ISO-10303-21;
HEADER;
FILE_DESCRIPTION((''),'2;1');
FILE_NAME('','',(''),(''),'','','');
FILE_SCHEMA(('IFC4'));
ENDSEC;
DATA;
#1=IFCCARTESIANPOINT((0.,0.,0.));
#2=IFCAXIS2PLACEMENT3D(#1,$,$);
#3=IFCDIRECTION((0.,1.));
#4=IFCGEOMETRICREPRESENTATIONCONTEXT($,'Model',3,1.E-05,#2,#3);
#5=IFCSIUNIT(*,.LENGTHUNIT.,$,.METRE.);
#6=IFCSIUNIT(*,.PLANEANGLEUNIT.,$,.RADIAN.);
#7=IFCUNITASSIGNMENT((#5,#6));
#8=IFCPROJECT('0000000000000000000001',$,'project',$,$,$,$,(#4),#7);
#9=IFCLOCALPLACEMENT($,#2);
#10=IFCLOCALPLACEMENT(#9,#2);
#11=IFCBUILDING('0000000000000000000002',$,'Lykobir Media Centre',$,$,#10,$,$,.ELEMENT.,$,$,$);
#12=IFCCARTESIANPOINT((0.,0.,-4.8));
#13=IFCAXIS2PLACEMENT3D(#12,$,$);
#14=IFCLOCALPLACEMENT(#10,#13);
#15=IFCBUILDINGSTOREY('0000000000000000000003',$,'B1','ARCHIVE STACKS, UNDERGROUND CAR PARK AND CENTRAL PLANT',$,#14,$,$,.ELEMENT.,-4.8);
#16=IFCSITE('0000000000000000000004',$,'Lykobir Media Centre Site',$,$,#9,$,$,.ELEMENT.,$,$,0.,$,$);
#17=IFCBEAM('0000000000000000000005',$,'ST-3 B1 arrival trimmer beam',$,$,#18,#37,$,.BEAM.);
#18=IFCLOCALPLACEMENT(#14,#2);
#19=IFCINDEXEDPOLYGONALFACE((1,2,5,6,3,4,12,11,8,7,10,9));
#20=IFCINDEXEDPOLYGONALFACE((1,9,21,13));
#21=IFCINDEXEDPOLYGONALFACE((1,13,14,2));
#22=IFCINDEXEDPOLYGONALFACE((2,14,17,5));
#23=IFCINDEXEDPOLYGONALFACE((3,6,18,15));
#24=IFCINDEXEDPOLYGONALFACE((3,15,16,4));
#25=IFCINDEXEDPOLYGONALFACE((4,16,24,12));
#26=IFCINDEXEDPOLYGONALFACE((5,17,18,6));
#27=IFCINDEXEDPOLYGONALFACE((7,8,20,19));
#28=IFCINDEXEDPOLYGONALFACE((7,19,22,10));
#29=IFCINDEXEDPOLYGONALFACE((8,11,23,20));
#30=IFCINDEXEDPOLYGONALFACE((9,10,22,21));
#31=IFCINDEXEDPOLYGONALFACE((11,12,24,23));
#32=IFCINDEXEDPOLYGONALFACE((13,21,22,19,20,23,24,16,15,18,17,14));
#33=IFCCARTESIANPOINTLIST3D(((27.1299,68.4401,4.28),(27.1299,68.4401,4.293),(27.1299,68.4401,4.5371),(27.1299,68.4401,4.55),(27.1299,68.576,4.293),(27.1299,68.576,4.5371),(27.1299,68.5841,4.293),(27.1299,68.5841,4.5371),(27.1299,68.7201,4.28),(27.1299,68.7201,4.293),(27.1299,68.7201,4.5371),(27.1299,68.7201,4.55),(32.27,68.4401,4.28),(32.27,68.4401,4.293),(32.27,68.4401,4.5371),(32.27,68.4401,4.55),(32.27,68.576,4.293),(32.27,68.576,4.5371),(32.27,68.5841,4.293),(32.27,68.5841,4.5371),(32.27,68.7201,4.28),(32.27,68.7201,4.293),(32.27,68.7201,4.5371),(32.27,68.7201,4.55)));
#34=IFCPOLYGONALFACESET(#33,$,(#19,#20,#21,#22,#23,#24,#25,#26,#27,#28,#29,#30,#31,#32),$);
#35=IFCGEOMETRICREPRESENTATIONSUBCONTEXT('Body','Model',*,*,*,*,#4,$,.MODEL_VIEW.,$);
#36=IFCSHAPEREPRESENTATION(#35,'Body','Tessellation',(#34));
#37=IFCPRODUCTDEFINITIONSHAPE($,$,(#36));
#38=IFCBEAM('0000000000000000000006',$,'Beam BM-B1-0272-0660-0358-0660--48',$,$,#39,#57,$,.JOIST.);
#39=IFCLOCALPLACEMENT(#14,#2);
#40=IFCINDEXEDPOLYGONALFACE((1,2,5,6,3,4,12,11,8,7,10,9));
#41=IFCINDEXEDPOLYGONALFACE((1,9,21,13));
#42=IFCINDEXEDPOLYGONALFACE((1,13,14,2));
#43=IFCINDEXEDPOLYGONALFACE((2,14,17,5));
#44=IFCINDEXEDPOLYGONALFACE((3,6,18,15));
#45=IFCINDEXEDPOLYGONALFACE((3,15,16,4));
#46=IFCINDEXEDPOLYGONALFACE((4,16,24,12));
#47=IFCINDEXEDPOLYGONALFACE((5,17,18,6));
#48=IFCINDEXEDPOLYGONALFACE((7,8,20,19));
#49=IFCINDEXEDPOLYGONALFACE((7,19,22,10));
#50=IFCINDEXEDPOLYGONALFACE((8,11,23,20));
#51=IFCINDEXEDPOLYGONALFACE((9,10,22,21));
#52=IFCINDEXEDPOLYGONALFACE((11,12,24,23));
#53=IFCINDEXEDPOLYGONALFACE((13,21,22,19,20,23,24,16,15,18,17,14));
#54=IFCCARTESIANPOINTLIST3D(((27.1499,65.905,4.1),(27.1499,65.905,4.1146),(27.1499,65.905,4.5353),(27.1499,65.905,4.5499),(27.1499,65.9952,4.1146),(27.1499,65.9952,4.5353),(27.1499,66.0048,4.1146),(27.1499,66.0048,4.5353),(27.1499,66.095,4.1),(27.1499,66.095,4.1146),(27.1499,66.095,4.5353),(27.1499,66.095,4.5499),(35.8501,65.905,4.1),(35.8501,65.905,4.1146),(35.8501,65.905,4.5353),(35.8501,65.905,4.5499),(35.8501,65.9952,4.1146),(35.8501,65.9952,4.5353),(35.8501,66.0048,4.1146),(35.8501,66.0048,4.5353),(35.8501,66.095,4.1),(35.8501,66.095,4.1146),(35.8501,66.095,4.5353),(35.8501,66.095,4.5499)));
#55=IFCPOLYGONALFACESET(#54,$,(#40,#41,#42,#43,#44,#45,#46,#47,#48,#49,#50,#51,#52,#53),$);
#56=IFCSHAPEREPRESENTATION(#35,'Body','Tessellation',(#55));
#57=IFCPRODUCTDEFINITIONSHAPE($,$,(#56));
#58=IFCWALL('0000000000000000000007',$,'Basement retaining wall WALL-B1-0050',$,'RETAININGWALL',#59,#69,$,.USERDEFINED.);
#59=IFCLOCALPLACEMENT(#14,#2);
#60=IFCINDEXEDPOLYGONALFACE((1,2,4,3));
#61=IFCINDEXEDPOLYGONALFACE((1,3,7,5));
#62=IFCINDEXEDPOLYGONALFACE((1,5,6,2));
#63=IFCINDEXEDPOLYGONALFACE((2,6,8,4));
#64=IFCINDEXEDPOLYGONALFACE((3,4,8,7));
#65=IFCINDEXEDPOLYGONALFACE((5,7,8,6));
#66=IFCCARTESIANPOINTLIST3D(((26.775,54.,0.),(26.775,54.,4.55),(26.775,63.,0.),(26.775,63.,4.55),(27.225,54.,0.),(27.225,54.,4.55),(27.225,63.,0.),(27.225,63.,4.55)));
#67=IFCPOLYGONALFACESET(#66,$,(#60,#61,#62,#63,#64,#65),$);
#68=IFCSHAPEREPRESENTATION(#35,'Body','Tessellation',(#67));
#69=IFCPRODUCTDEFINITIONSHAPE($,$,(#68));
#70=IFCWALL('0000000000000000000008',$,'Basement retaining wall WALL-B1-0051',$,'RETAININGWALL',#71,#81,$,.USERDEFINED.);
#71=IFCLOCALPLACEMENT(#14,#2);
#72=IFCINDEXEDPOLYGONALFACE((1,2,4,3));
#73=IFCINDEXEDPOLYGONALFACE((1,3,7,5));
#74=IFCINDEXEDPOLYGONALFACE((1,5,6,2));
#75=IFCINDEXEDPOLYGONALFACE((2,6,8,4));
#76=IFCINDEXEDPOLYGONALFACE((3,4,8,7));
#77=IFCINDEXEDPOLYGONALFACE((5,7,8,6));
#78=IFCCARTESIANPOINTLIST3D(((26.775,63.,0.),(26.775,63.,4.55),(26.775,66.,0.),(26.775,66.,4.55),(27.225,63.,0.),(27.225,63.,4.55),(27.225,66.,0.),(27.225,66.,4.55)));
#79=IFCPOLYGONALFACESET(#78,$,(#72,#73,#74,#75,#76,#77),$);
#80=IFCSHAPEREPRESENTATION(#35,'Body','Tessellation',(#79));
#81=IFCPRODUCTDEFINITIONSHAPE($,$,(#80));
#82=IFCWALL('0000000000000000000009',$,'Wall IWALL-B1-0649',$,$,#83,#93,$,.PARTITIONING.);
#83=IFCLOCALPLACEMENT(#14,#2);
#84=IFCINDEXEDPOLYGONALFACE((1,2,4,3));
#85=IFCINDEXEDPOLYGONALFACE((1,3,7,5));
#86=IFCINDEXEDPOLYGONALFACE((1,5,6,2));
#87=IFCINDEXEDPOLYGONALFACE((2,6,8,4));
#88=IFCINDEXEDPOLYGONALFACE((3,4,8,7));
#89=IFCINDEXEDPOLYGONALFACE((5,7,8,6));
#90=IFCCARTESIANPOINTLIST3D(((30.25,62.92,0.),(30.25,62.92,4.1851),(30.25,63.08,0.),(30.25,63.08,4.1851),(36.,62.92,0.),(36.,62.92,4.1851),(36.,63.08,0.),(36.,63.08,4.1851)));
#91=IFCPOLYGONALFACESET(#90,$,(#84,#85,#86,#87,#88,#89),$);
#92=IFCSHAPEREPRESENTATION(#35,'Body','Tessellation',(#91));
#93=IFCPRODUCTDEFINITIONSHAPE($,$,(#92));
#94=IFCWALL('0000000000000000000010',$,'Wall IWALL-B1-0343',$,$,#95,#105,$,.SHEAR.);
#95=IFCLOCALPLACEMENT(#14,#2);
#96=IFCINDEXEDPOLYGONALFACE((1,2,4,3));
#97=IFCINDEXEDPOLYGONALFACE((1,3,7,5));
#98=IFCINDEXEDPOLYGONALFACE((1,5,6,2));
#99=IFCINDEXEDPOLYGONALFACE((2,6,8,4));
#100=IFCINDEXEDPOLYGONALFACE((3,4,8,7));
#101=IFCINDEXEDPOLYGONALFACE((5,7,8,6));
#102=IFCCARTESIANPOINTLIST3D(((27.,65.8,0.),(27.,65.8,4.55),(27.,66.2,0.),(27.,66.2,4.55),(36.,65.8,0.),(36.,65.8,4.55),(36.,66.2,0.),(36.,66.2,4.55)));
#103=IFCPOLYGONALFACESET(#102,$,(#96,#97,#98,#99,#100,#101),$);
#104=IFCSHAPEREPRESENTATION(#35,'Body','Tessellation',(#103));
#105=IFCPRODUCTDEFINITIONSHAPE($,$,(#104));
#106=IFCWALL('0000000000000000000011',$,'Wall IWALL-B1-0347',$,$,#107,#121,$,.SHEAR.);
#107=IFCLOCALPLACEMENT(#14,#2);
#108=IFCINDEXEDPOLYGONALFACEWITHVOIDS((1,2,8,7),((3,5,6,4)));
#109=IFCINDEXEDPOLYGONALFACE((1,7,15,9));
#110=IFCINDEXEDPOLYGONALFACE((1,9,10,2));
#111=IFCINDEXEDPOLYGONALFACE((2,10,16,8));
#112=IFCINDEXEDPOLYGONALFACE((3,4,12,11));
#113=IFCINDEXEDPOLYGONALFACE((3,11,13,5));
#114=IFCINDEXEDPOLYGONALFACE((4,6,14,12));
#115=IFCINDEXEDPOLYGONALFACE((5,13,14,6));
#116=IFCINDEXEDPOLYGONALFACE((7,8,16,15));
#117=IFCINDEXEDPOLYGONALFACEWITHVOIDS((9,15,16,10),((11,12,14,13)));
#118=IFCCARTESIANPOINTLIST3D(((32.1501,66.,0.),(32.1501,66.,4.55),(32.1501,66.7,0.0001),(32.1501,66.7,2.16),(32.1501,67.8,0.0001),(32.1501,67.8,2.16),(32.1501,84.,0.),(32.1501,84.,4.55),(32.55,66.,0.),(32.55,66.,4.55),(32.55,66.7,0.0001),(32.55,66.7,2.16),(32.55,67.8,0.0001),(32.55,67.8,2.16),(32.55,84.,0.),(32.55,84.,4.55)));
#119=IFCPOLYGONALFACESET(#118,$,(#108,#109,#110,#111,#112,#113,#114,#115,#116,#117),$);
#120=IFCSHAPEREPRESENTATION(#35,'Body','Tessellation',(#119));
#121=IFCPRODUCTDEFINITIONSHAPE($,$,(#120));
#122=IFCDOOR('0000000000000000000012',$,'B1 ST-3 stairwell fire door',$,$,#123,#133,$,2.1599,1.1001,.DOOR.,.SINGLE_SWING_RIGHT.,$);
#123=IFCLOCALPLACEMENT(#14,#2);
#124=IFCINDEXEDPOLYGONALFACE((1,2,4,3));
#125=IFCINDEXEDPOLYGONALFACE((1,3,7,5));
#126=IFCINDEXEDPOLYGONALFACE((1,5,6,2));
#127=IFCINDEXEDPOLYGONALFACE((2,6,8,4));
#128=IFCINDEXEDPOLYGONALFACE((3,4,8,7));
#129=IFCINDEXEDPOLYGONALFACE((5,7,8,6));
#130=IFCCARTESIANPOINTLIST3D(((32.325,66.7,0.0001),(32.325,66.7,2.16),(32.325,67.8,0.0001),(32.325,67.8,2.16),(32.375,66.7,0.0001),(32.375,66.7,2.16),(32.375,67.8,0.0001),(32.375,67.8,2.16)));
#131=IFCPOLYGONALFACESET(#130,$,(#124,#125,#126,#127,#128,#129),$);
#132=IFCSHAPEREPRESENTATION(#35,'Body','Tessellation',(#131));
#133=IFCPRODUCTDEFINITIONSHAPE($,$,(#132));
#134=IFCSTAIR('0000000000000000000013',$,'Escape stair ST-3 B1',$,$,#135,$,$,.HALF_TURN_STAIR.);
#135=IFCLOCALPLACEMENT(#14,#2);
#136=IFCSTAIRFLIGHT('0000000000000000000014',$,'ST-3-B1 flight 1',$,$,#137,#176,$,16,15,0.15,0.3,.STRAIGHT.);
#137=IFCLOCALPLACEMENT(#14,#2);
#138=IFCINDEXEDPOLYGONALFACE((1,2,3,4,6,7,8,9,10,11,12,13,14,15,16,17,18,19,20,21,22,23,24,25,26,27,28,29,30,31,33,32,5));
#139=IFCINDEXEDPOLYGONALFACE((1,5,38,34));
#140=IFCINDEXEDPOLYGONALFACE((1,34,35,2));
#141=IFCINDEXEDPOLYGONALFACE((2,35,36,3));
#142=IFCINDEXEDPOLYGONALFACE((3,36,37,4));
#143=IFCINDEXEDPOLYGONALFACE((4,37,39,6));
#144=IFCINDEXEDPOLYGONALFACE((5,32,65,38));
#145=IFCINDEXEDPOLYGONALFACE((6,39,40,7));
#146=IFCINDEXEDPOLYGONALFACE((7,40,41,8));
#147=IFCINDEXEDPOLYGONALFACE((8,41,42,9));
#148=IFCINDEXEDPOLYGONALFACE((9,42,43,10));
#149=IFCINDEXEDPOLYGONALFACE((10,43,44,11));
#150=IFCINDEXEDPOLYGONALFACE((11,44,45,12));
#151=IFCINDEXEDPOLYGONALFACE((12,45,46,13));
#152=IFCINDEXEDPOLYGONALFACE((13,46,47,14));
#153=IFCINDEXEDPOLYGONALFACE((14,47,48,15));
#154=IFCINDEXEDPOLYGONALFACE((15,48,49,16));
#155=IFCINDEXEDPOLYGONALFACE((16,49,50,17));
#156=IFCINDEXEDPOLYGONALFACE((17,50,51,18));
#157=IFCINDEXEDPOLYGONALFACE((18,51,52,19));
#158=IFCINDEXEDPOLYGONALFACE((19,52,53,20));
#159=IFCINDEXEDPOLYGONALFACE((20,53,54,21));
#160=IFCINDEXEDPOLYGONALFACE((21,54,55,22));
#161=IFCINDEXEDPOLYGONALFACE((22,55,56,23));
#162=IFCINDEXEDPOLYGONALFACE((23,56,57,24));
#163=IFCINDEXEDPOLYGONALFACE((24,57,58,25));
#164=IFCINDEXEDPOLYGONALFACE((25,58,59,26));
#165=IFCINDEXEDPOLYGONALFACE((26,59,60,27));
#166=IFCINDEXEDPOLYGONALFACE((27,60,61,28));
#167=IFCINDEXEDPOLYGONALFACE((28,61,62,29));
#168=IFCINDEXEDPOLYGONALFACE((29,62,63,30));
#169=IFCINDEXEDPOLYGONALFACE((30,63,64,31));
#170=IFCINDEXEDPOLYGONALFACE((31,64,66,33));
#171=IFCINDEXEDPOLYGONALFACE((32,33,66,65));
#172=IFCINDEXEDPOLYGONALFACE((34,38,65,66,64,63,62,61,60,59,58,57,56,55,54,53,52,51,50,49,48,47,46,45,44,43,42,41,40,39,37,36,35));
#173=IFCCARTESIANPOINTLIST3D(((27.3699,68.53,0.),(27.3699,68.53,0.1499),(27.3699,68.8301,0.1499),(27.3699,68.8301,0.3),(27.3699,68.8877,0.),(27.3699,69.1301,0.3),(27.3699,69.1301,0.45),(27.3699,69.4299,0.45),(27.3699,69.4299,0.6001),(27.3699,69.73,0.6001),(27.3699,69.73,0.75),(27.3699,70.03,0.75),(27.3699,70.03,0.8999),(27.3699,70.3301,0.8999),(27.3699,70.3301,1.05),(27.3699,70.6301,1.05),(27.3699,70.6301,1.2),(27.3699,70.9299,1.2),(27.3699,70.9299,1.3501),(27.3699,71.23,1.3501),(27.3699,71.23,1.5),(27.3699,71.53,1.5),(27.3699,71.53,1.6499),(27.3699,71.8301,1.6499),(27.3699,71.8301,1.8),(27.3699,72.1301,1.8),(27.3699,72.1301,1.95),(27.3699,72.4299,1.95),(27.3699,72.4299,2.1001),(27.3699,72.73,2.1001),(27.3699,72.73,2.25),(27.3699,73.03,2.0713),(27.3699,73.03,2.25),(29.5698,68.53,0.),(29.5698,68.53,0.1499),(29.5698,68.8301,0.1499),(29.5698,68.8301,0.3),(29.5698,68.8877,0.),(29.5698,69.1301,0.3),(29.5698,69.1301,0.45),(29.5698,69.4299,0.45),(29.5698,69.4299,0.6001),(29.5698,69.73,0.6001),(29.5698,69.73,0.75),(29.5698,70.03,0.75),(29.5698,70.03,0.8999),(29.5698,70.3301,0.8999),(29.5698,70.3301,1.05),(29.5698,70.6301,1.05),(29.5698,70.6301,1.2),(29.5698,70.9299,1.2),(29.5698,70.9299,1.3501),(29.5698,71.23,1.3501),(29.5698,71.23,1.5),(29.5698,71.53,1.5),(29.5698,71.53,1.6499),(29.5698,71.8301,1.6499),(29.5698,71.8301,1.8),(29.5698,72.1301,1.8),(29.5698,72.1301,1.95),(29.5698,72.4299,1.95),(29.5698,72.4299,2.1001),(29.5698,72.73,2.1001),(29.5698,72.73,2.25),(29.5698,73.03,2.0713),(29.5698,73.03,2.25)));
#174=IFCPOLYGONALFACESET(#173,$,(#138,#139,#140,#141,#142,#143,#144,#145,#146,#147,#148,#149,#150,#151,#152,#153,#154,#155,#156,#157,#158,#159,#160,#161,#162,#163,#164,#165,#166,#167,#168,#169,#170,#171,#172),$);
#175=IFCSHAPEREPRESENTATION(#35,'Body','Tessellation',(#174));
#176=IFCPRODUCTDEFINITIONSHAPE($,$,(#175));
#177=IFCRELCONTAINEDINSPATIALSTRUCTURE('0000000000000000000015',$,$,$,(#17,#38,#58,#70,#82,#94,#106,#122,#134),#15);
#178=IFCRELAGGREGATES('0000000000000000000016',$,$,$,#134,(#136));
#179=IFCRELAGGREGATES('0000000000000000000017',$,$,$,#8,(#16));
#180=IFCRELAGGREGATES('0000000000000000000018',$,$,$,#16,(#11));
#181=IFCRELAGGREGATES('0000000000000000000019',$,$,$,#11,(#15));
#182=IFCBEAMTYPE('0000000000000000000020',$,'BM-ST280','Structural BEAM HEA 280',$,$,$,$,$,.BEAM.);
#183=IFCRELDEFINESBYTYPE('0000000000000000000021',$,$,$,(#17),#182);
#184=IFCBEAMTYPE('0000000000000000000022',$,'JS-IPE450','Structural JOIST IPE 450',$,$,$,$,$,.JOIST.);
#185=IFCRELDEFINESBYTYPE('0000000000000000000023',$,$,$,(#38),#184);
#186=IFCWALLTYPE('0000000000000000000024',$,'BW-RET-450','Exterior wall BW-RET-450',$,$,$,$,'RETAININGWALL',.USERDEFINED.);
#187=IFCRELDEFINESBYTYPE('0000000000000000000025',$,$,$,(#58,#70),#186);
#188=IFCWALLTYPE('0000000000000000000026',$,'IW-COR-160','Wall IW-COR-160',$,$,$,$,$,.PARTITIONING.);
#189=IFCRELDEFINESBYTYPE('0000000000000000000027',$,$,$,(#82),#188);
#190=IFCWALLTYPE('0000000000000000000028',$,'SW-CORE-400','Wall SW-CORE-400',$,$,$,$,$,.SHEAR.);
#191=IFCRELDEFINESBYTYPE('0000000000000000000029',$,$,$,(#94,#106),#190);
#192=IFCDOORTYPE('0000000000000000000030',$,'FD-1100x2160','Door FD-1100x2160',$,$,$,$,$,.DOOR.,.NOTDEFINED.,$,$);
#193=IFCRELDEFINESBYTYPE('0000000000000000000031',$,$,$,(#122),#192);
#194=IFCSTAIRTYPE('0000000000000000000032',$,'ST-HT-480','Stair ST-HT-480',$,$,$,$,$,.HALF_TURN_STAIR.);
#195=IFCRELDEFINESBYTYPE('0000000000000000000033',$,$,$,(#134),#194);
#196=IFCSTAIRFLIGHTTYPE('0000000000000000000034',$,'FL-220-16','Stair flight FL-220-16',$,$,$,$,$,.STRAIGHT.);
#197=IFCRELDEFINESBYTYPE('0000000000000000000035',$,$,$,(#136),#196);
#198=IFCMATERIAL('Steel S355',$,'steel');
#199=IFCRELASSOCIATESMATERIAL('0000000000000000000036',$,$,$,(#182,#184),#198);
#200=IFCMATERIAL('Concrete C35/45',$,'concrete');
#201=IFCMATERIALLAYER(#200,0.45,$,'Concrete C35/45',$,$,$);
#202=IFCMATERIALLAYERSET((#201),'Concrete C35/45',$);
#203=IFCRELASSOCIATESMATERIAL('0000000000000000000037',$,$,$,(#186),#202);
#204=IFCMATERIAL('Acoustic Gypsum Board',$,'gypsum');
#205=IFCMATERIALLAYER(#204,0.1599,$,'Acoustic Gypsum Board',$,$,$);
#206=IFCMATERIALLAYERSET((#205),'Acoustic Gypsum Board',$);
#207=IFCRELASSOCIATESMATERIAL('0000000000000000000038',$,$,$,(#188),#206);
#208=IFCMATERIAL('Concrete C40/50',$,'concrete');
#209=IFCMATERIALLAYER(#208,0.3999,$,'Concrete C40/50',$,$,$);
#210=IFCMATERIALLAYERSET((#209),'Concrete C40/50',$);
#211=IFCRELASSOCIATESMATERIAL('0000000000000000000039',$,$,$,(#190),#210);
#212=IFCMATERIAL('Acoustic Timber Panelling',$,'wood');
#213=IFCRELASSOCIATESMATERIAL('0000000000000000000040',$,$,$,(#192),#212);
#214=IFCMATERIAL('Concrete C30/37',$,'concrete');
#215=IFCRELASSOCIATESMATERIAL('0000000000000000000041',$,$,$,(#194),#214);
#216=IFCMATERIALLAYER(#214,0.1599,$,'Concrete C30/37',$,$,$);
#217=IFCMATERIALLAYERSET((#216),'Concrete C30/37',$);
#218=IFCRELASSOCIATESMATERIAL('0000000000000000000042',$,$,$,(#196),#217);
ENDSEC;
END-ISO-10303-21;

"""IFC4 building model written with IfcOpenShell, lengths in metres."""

from ifc_helpers import new_model, si_unit, direction, frame, frame_2d, origin, origin_2d, place, context, subcontext, project, spatial, polyline, rectangle, i_section, outline, extrude, material, layer, layer_set, material_profile, profile_set, type_object, element, fill, aggregate, save


model = new_model("IFC4")

# Units and contexts
model_context = context("Model", 3, precision=1e-05, world=origin(), true_north=direction((0.0, 1.0)))
body_context = subcontext(model_context, "Body", "Model", "MODEL_VIEW")
ifc_project = project(units=[si_unit("LENGTHUNIT", "METRE"), si_unit("PLANEANGLEUNIT", "RADIAN")], contexts=[model_context])

# Site, building, storey
site_placement = place(None, origin())
site = spatial("IfcSite", under=ifc_project, at=site_placement, Name="Lykobir Media Centre Site", CompositionType="ELEMENT", RefElevation=0.0)
building_placement = place(site_placement, origin())
building = spatial("IfcBuilding", under=site, at=building_placement, Name="Lykobir Media Centre", CompositionType="ELEMENT")
storey_placement = place(building_placement, frame((0.0, 0.0, -4.8)))
storey = spatial("IfcBuildingStorey", under=building, at=storey_placement, Name="B1", Description="ARCHIVE STACKS, UNDERGROUND CAR PARK AND CENTRAL PLANT", CompositionType="ELEMENT", Elevation=-4.8)

# Shared definitions
ifc_material_1 = material(Name="Concrete C30/37", Category="concrete")

# Shared definitions
ifc_material_2 = material(Name="Concrete C35/45", Category="concrete")

# Shared definitions
ifc_material_3 = material(Name="Concrete C40/50", Category="concrete")

# Beams
ifc_material_4 = material(Name="Steel S355", Category="steel")
ifc_material_profile_1 = material_profile(ifc_material_4, i_section(OverallWidth=0.28, OverallDepth=0.27, WebThickness=0.0081, FlangeThickness=0.0129, at=origin_2d()), Name="HEA 280")
ifc_profile_set_1 = profile_set([ifc_material_profile_1], Name="Steel S355")
beam_type_1 = type_object("IfcBeamType", Name="BM-ST280", Description="Structural BEAM HEA 280", PredefinedType="BEAM", material=ifc_profile_set_1)
beam_1_placement = place(storey_placement, frame((27.1299, 68.5801, 4.415), z_axis=(1.0, 0.0, 0.0), x_axis=(0.0, 1.0, 0.0)))
element("IfcBeam", 1, at=beam_1_placement, inside=storey, type_object=beam_type_1, Name="ST-3 B1 arrival trimmer beam", PredefinedType="BEAM", context=body_context, shape_type="SweptSolid", body=[
    extrude(i_section(OverallWidth=0.28, OverallDepth=0.27, WebThickness=0.0081, FlangeThickness=0.0129, at=origin_2d()), origin(), (0.0, 0.0, 1.0), 5.1401),
])
ifc_material_profile_2 = material_profile(ifc_material_4, i_section(OverallWidth=0.1899, OverallDepth=0.45, WebThickness=0.0095, FlangeThickness=0.0146, at=origin_2d()), Name="IPE 450")
ifc_profile_set_2 = profile_set([ifc_material_profile_2], Name="Steel S355")
beam_type_2 = type_object("IfcBeamType", Name="JS-IPE450", Description="Structural JOIST IPE 450", PredefinedType="JOIST", material=ifc_profile_set_2)
beam_2_placement = place(storey_placement, frame((27.1499, 66.0, 4.325), z_axis=(1.0, 0.0, 0.0), x_axis=(0.0, 1.0, 0.0)))
element("IfcBeam", 2, at=beam_2_placement, inside=storey, type_object=beam_type_2, Name="Beam BM-B1-0272-0660-0358-0660--48", PredefinedType="JOIST", context=body_context, shape_type="SweptSolid", body=[
    extrude(i_section(OverallWidth=0.1899, OverallDepth=0.45, WebThickness=0.0095, FlangeThickness=0.0146, at=origin_2d()), origin(), (0.0, 0.0, 1.0), 8.7002),
])

# Walls
ifc_layer_1 = layer(ifc_material_2, 0.45, Name="Concrete C35/45")
ifc_layer_set_1 = layer_set([ifc_layer_1], Name="Concrete C35/45")
wall_type_1 = type_object("IfcWallType", Name="BW-RET-450", Description="Exterior wall BW-RET-450", ElementType="RETAININGWALL", PredefinedType="USERDEFINED", material=ifc_layer_set_1)
wall_1_placement = place(storey_placement, frame((27.0, 63.0, 0.0), z_axis=(0.0, 0.0, 1.0), x_axis=(0.0, -1.0, 0.0)))
element("IfcWall", 3, at=wall_1_placement, inside=storey, type_object=wall_type_1, Name="Basement retaining wall WALL-B1-0050", ObjectType="RETAININGWALL", PredefinedType="USERDEFINED", context=body_context, shape_type="SweptSolid", body=[
    extrude(rectangle(XDim=9.0, YDim=0.45, at=frame_2d((4.5, 0.0))), origin(), (0.0, 0.0, 1.0), 4.55),
])
wall_2_placement = place(storey_placement, frame((27.0, 66.0, 0.0), z_axis=(0.0, 0.0, 1.0), x_axis=(0.0, -1.0, 0.0)))
element("IfcWall", 4, at=wall_2_placement, inside=storey, type_object=wall_type_1, Name="Basement retaining wall WALL-B1-0051", ObjectType="RETAININGWALL", PredefinedType="USERDEFINED", context=body_context, shape_type="SweptSolid", body=[
    extrude(rectangle(XDim=3.0, YDim=0.45, at=frame_2d((1.5, 0.0))), origin(), (0.0, 0.0, 1.0), 4.55),
])
ifc_material_5 = material(Name="Acoustic Gypsum Board", Category="gypsum")
ifc_layer_2 = layer(ifc_material_5, 0.1599, Name="Acoustic Gypsum Board")
ifc_layer_set_2 = layer_set([ifc_layer_2], Name="Acoustic Gypsum Board")
wall_type_2 = type_object("IfcWallType", Name="IW-COR-160", Description="Wall IW-COR-160", PredefinedType="PARTITIONING", material=ifc_layer_set_2)
wall_3_placement = place(storey_placement, frame((30.25, 63.0, 0.0), z_axis=(0.0, 0.0, 1.0), x_axis=(1.0, 0.0, 0.0)))
element("IfcWall", 5, at=wall_3_placement, inside=storey, type_object=wall_type_2, Name="Wall IWALL-B1-0649", PredefinedType="PARTITIONING", context=body_context, shape_type="SweptSolid", body=[
    extrude(rectangle(XDim=5.75, YDim=0.1599, at=frame_2d((2.875, 0.0))), origin(), (0.0, 0.0, 1.0), 4.1851),
])
ifc_layer_3 = layer(ifc_material_3, 0.3999, Name="Concrete C40/50")
ifc_layer_set_3 = layer_set([ifc_layer_3], Name="Concrete C40/50")
wall_type_3 = type_object("IfcWallType", Name="SW-CORE-400", Description="Wall SW-CORE-400", PredefinedType="SHEAR", material=ifc_layer_set_3)
wall_4_placement = place(storey_placement, frame((27.0, 66.0, 0.0), z_axis=(0.0, 0.0, 1.0), x_axis=(1.0, 0.0, 0.0)))
element("IfcWall", 6, at=wall_4_placement, inside=storey, type_object=wall_type_3, Name="Wall IWALL-B1-0343", PredefinedType="SHEAR", context=body_context, shape_type="SweptSolid", body=[
    extrude(rectangle(XDim=9.0, YDim=0.3999, at=frame_2d((4.5, 0.0))), origin(), (0.0, 0.0, 1.0), 4.55),
])

# Wall, opening, door
wall_5_placement = place(storey_placement, frame((32.3501, 66.0, 0.0), z_axis=(0.0, 0.0, 1.0), x_axis=(0.0, 1.0, 0.0)))
wall_5 = element("IfcWall", 7, at=wall_5_placement, inside=storey, type_object=wall_type_3, Name="Wall IWALL-B1-0347", PredefinedType="SHEAR", context=body_context, shape_type="SweptSolid", body=[
    extrude(rectangle(XDim=18.0, YDim=0.3999, at=frame_2d((9.0, 0.0))), origin(), (0.0, 0.0, 1.0), 4.55),
])
opening_placement = place(wall_5_placement, frame((0.7, 0.0, 0.0)))
opening = element("IfcOpeningElement", 8, at=opening_placement, cuts=wall_5, PredefinedType="OPENING", context=body_context, shape_type="SweptSolid", body=[
    extrude(rectangle(XDim=1.1001, YDim=2.1599, at=frame_2d((0.55, 1.0801))), frame((0.0, 0.21, 0.0), z_axis=(0.0, -1.0, 0.0), x_axis=(1.0, 0.0, 0.0)), (0.0, 0.0, 1.0), 0.4199),
])
ifc_material_6 = material(Name="Acoustic Timber Panelling", Category="wood")
door_type = type_object("IfcDoorType", Name="FD-1100x2160", Description="Door FD-1100x2160", OperationType="NOTDEFINED", PredefinedType="DOOR", material=ifc_material_6)
door_placement = place(opening_placement, frame((1.1001, 0.0, 0.0), z_axis=(0.0, 0.0, 1.0), x_axis=(-1.0, 0.0, 0.0)))
door = element("IfcDoor", 9, at=door_placement, inside=storey, type_object=door_type, Name="B1 ST-3 stairwell fire door", OperationType="SINGLE_SWING_RIGHT", OverallHeight=2.1599, OverallWidth=1.1001, PredefinedType="DOOR", context=body_context, shape_type="SweptSolid", body=[
    extrude(rectangle(XDim=1.1001, YDim=2.1599, at=frame_2d((0.55, 1.0801))), frame((0.0, 0.0249, 0.0), z_axis=(0.0, -1.0, 0.0), x_axis=(1.0, 0.0, 0.0)), (0.0, 0.0, 1.0), 0.05),
])
fill(opening, door)

# Stair, stair flight
stair_type = type_object("IfcStairType", Name="ST-HT-480", Description="Stair ST-HT-480", PredefinedType="HALF_TURN_STAIR", material=ifc_material_1)
stair_placement = place(storey_placement, origin())
stair = element("IfcStair", 10, at=stair_placement, inside=storey, type_object=stair_type, Name="Escape stair ST-3 B1", PredefinedType="HALF_TURN_STAIR")
ifc_layer_4 = layer(ifc_material_1, 0.1599, Name="Concrete C30/37")
ifc_layer_set_4 = layer_set([ifc_layer_4], Name="Concrete C30/37")
stair_flight_type = type_object("IfcStairFlightType", Name="FL-220-16", Description="Stair flight FL-220-16", PredefinedType="STRAIGHT", material=ifc_layer_set_4)
stair_flight_placement = place(storey_placement, frame((28.47, 68.53, 0.0), z_axis=(0.0, 0.0, 1.0), x_axis=(0.0, 1.0, 0.0)))
stair_flight = element("IfcStairFlight", 11, at=stair_flight_placement, type_object=stair_flight_type, Name="ST-3-B1 flight 1", NumberOfRisers=16, NumberOfTreads=15, PredefinedType="STRAIGHT", RiserHeight=0.15, TreadLength=0.3, context=body_context, shape_type="SweptSolid", body=[
    extrude(outline(polyline([(0.0, 0.0), (0.0, 0.1499), (0.3, 0.1499), (0.3, 0.3), (0.6001, 0.3), (0.6001, 0.45), (0.8999, 0.45), (0.8999, 0.6001), (1.2, 0.6001), (1.2, 0.75), (1.5, 0.75), (1.5, 0.8999), (1.8, 0.8999), (1.8, 1.05), (2.1001, 1.05), (2.1001, 1.2), (2.3999, 1.2), (2.3999, 1.3501), (2.7, 1.3501), (2.7, 1.5), (3.0, 1.5), (3.0, 1.6499), (3.3, 1.6499), (3.3, 1.8), (3.6001, 1.8), (3.6001, 1.95), (3.8999, 1.95), (3.8999, 2.1001), (4.2, 2.1001), (4.2, 2.25), (4.5, 2.25), (4.5, 2.3999), (4.5, 2.0713), (0.3577, 0.0), (0.0, 0.0)])), frame((0.0, 1.1001, 0.0), z_axis=(0.0, -1.0, 0.0), x_axis=(1.0, 0.0, 0.0)), (0.0, 0.0, 1.0), 2.2),
])
aggregate(stair, [stair_flight])

save(model, "model.ifc")
